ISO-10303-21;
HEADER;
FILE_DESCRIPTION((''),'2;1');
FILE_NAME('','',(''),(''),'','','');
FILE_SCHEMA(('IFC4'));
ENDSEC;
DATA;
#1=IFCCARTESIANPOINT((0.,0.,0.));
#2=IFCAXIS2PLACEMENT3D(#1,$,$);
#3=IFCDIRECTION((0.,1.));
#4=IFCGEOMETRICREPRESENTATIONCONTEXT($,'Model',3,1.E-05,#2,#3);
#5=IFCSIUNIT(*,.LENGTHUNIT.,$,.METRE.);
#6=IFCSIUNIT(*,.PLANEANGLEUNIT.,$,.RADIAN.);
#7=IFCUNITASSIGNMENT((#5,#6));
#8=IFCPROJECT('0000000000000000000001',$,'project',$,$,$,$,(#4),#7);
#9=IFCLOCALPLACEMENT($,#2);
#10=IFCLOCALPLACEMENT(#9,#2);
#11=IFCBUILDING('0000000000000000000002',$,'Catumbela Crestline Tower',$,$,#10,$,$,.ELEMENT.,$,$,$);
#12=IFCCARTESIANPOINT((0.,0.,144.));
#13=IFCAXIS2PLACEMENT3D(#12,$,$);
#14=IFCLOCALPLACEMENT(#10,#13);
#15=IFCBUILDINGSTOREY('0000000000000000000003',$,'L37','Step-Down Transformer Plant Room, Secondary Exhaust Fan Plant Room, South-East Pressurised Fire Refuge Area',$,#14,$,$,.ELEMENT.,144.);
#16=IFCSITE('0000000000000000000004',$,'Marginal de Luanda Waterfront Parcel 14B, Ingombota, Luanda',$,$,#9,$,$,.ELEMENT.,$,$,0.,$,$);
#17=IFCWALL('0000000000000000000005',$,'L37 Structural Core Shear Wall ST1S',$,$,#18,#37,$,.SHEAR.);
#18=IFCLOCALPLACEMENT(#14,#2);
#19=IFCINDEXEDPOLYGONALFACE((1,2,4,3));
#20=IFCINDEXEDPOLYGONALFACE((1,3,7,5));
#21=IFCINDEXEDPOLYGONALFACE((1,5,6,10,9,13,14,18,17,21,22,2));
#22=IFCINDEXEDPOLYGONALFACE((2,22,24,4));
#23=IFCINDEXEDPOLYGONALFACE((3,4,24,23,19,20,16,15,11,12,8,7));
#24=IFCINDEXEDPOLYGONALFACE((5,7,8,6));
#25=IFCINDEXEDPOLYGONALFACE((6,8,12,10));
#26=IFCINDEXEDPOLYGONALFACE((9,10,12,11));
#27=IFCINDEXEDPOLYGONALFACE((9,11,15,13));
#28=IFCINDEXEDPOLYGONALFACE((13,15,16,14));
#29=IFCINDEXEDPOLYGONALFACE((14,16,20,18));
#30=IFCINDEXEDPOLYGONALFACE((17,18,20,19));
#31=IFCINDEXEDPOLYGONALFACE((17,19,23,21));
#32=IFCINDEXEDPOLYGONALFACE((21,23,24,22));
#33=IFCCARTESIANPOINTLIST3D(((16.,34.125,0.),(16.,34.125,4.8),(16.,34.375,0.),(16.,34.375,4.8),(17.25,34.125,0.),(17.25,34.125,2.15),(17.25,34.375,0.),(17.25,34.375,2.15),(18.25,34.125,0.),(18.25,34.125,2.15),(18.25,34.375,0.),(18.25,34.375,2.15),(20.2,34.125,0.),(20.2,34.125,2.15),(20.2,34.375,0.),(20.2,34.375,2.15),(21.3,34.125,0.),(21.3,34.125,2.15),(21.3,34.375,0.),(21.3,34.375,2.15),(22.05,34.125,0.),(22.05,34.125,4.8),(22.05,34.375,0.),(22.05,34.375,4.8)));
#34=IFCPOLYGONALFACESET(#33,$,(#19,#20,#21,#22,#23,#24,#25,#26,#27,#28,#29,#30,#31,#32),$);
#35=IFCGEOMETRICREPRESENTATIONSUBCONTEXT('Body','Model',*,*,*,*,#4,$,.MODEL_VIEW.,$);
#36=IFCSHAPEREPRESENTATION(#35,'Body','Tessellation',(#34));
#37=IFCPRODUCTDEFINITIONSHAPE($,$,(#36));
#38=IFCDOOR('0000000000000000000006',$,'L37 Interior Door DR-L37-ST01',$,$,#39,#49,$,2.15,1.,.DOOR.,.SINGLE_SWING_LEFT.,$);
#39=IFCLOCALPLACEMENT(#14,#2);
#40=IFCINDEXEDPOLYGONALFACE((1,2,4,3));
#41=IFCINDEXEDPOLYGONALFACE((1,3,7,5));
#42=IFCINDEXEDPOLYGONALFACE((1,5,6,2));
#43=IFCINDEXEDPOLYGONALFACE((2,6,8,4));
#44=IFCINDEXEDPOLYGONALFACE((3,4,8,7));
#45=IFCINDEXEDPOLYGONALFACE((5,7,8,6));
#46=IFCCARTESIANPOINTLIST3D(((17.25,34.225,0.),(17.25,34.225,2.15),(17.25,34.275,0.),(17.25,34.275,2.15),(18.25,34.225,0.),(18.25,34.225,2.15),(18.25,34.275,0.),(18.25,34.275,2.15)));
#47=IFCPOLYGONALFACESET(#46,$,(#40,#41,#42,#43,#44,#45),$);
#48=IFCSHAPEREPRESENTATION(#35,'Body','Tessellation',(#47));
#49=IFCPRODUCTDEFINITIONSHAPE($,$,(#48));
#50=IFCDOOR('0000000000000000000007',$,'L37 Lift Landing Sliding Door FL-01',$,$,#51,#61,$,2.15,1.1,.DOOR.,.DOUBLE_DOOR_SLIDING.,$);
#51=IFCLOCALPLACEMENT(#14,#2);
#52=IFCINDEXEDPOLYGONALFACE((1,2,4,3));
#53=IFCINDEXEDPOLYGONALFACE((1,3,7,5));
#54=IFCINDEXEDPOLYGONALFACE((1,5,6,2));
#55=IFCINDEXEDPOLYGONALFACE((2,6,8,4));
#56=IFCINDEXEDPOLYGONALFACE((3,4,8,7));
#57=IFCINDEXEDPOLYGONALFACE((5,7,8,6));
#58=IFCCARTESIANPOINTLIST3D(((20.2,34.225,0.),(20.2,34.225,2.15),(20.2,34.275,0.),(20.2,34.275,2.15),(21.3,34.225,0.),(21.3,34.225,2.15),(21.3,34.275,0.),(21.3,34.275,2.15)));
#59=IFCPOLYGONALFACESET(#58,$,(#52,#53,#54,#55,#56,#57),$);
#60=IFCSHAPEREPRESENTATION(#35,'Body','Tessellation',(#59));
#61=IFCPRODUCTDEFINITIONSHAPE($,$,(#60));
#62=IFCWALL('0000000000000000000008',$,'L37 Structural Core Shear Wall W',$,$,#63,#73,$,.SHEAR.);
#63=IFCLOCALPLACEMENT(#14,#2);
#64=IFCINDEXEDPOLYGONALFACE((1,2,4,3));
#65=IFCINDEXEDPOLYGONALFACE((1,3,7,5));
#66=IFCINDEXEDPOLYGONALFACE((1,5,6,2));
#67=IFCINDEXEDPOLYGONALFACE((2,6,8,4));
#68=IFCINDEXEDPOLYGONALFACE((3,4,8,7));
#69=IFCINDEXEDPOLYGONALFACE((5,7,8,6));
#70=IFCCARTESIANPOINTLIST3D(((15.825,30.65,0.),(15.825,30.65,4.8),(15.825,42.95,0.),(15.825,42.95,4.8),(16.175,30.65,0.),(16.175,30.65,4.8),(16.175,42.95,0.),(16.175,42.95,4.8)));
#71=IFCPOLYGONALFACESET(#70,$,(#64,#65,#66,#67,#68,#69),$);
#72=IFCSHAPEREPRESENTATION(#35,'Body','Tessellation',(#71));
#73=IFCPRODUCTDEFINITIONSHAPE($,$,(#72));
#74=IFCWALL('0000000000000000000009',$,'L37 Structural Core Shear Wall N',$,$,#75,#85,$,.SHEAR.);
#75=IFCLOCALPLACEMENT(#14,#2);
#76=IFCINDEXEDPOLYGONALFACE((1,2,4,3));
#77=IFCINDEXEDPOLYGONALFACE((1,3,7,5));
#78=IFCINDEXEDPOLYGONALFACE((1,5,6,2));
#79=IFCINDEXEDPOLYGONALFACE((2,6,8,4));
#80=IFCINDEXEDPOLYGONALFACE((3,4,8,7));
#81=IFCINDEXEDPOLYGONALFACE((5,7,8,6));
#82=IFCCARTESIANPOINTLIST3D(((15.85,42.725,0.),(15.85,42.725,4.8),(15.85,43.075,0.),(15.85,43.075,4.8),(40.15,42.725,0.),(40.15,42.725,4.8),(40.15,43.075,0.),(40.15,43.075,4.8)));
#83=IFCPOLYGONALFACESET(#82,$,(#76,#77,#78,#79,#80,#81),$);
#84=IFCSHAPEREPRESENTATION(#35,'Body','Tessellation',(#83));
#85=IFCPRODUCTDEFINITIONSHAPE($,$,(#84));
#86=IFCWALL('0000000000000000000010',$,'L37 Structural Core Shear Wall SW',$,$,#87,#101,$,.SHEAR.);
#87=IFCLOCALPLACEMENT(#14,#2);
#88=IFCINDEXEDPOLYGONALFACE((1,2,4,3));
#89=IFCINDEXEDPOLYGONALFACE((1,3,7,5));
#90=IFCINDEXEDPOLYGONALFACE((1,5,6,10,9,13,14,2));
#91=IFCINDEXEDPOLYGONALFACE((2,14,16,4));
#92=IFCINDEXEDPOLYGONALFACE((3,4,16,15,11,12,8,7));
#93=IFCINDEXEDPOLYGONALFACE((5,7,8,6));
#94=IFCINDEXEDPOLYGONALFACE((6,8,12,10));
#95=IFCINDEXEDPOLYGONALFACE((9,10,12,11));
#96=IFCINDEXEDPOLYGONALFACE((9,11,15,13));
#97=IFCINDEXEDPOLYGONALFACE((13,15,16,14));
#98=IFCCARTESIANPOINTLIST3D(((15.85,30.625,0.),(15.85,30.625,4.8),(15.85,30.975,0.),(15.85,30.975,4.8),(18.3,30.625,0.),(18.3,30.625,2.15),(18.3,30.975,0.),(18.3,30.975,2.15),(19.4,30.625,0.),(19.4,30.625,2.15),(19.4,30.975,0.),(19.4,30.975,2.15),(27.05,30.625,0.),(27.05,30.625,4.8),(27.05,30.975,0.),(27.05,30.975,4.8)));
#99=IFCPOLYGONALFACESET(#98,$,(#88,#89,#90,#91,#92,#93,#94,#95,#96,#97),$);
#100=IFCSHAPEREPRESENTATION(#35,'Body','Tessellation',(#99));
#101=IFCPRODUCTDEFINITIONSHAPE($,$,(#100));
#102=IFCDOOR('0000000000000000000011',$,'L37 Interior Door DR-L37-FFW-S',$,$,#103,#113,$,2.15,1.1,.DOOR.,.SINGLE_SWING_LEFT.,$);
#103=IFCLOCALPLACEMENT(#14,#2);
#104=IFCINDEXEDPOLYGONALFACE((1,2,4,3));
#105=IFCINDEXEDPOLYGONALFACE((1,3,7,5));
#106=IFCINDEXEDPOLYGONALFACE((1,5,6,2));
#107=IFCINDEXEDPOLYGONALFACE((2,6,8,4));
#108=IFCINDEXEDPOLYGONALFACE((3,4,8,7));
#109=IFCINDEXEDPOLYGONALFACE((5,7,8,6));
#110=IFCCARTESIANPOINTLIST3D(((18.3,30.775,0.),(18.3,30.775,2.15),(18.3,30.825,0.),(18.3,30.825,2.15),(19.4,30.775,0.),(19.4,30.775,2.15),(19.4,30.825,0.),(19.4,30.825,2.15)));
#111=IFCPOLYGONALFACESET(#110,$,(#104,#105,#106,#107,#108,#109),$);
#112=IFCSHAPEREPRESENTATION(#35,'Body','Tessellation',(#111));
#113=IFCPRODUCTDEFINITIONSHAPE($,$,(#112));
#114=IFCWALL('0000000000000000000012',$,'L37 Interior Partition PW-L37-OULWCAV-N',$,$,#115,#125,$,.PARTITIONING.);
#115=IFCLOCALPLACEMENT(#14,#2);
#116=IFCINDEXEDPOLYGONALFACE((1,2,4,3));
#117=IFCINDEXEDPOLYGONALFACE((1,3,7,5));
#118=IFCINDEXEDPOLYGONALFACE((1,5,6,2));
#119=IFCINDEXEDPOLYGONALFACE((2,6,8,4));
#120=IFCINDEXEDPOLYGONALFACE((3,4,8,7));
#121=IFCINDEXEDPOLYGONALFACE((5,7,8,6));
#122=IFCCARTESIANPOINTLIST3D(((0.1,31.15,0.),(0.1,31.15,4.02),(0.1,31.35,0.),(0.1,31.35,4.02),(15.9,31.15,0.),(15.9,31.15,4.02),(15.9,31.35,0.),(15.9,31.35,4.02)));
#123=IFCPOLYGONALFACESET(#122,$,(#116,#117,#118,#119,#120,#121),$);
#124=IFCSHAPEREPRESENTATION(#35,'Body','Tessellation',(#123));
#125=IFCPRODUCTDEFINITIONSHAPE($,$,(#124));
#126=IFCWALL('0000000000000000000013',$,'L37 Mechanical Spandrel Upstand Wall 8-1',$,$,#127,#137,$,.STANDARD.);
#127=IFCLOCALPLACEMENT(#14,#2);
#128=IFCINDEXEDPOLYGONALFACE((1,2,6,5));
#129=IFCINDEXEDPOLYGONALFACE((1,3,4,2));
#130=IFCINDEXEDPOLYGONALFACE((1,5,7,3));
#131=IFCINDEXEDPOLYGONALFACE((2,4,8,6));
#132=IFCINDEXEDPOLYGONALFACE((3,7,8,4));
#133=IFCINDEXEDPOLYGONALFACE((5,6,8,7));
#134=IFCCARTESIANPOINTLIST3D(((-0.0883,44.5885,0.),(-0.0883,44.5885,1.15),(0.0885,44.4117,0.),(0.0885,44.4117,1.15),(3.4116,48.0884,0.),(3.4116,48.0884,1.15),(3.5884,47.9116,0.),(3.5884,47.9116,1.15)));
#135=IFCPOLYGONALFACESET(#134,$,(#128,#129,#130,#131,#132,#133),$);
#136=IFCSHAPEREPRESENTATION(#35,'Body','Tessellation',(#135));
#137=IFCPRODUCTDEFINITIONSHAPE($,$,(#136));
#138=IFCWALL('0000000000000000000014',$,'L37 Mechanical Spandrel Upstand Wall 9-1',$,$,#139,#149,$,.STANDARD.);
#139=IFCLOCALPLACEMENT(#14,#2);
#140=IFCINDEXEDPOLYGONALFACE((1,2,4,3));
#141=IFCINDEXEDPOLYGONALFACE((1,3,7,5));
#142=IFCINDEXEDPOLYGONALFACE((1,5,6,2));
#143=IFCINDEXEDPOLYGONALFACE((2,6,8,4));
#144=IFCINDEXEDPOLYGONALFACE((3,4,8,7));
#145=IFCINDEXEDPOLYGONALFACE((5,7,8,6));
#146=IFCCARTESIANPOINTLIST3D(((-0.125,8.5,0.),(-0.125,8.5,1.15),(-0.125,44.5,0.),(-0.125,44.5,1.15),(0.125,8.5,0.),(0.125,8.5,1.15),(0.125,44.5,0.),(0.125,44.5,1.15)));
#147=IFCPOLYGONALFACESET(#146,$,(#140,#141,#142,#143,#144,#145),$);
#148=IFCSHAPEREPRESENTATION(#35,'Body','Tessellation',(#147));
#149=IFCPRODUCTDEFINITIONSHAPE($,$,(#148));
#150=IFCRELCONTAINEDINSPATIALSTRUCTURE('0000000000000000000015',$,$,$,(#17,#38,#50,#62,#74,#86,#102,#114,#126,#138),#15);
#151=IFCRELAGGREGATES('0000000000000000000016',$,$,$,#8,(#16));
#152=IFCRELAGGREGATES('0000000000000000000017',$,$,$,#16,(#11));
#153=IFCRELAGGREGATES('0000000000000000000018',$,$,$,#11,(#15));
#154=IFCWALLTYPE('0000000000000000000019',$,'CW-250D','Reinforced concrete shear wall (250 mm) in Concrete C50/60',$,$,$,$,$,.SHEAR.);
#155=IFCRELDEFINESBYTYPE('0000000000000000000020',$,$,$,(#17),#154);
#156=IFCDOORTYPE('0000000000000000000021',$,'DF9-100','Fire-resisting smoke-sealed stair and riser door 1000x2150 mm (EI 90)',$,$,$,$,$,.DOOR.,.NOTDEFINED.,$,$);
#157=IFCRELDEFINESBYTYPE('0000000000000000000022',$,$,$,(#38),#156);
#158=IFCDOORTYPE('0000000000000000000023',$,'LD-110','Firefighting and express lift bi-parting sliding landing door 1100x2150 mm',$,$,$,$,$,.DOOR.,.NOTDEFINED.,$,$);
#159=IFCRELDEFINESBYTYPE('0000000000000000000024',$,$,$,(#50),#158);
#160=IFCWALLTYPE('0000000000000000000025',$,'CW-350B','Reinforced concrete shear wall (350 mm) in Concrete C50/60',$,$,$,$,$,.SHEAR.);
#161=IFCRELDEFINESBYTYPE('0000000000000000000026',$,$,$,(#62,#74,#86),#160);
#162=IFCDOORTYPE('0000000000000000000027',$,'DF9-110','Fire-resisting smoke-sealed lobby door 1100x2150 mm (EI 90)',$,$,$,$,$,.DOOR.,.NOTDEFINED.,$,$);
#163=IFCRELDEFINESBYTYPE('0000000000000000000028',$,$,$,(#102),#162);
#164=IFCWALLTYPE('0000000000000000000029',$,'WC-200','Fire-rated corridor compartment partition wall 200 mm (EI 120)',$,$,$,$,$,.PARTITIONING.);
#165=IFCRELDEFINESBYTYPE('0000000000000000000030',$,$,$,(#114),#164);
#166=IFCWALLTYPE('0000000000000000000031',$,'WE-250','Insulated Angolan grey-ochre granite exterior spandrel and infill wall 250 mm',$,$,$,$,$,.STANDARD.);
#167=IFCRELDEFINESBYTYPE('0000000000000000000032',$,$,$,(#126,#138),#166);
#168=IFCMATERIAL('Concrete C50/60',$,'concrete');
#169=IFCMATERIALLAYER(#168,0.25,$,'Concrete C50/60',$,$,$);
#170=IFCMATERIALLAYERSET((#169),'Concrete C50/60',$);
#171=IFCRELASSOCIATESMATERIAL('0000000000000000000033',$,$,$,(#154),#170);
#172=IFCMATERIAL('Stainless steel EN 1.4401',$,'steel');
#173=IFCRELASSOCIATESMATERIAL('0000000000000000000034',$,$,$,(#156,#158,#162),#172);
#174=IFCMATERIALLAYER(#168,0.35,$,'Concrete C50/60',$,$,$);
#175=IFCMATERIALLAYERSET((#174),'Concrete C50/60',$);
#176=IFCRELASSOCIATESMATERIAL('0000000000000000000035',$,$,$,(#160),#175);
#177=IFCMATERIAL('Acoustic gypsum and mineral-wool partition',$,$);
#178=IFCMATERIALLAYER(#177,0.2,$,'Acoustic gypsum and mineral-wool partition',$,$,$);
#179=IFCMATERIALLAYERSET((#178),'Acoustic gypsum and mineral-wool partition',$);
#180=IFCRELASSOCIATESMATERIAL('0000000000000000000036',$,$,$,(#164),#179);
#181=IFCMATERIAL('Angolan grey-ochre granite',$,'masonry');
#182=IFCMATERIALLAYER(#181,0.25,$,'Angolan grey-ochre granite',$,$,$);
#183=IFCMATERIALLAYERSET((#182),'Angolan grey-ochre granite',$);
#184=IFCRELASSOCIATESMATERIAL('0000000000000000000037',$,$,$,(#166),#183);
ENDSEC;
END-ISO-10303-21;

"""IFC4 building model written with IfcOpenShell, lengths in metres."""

from ifc_helpers import new_model, si_unit, direction, frame, frame_2d, origin, place, context, subcontext, project, spatial, rectangle, extrude, material, layer, layer_set, type_object, element, fill, save


model = new_model("IFC4")

# Units and contexts
model_context = context("Model", 3, precision=1e-05, world=origin(), true_north=direction((0.0, 1.0)))
body_context = subcontext(model_context, "Body", "Model", "MODEL_VIEW")
ifc_project = project(units=[si_unit("LENGTHUNIT", "METRE"), si_unit("PLANEANGLEUNIT", "RADIAN")], contexts=[model_context])

# Site, building, storey
site_placement = place(None, origin())
site = spatial("IfcSite", under=ifc_project, at=site_placement, Name="Marginal de Luanda Waterfront Parcel 14B, Ingombota, Luanda", CompositionType="ELEMENT", RefElevation=0.0)
building_placement = place(site_placement, origin())
building = spatial("IfcBuilding", under=site, at=building_placement, Name="Catumbela Crestline Tower", CompositionType="ELEMENT")
storey_placement = place(building_placement, frame((0.0, 0.0, 144.0)))
storey = spatial("IfcBuildingStorey", under=building, at=storey_placement, Name="L37", Description="Step-Down Transformer Plant Room, Secondary Exhaust Fan Plant Room, South-East Pressurised Fire Refuge Area", CompositionType="ELEMENT", Elevation=144.0)

# Wall, openings, doors
ifc_material_1 = material(Name="Concrete C50/60", Category="concrete")
ifc_layer_1 = layer(ifc_material_1, 0.25, Name="Concrete C50/60")
ifc_layer_set_1 = layer_set([ifc_layer_1], Name="Concrete C50/60")
wall_type_1 = type_object("IfcWallType", Name="CW-250D", Description="Reinforced concrete shear wall (250 mm) in Concrete C50/60", PredefinedType="SHEAR", material=ifc_layer_set_1)
wall_1_placement = place(storey_placement, frame((16.0, 34.25, 0.0), z_axis=(0.0, 0.0, 1.0), x_axis=(1.0, 0.0, 0.0)))
wall_1 = element("IfcWall", 1, at=wall_1_placement, inside=storey, type_object=wall_type_1, Name="L37 Structural Core Shear Wall ST1S", PredefinedType="SHEAR", context=body_context, shape_type="SweptSolid", body=[
    extrude(rectangle(XDim=6.05, YDim=0.25, at=frame_2d((3.025, 0.0))), origin(), (0.0, 0.0, 1.0), 4.8),
])
opening_1_placement = place(wall_1_placement, frame((1.25, 0.0, 0.0)))
opening_1 = element("IfcOpeningElement", 2, at=opening_1_placement, cuts=wall_1, PredefinedType="OPENING", context=body_context, shape_type="SweptSolid", body=[
    extrude(rectangle(XDim=1.0, YDim=2.15, at=frame_2d((0.5, 1.075))), frame((0.0, 0.135, 0.0), z_axis=(0.0, -1.0, 0.0), x_axis=(1.0, 0.0, 0.0)), (0.0, 0.0, 1.0), 0.27),
])
opening_2_placement = place(wall_1_placement, frame((4.2, 0.0, 0.0)))
opening_2 = element("IfcOpeningElement", 3, at=opening_2_placement, cuts=wall_1, PredefinedType="OPENING", context=body_context, shape_type="SweptSolid", body=[
    extrude(rectangle(XDim=1.1, YDim=2.15, at=frame_2d((0.55, 1.075))), frame((0.0, 0.135, 0.0), z_axis=(0.0, -1.0, 0.0), x_axis=(1.0, 0.0, 0.0)), (0.0, 0.0, 1.0), 0.27),
])
ifc_material_2 = material(Name="Stainless steel EN 1.4401", Category="steel")
door_type_1 = type_object("IfcDoorType", Name="DF9-100", Description="Fire-resisting smoke-sealed stair and riser door 1000x2150 mm (EI 90)", OperationType="NOTDEFINED", PredefinedType="DOOR", material=ifc_material_2)
door_1_placement = place(opening_1_placement, origin())
door_1 = element("IfcDoor", 4, at=door_1_placement, inside=storey, type_object=door_type_1, Name="L37 Interior Door DR-L37-ST01", OperationType="SINGLE_SWING_LEFT", OverallHeight=2.15, OverallWidth=1.0, PredefinedType="DOOR", context=body_context, shape_type="SweptSolid", body=[
    extrude(rectangle(XDim=1.0, YDim=2.15, at=frame_2d((0.5, 1.075))), frame((0.0, 0.025, 0.0), z_axis=(0.0, -1.0, 0.0), x_axis=(1.0, 0.0, 0.0)), (0.0, 0.0, 1.0), 0.05),
])
fill(opening_1, door_1)
door_type_2 = type_object("IfcDoorType", Name="LD-110", Description="Firefighting and express lift bi-parting sliding landing door 1100x2150 mm", OperationType="NOTDEFINED", PredefinedType="DOOR", material=ifc_material_2)
door_2_placement = place(opening_2_placement, origin())
door_2 = element("IfcDoor", 5, at=door_2_placement, inside=storey, type_object=door_type_2, Name="L37 Lift Landing Sliding Door FL-01", OperationType="DOUBLE_DOOR_SLIDING", OverallHeight=2.15, OverallWidth=1.1, PredefinedType="DOOR", context=body_context, shape_type="SweptSolid", body=[
    extrude(rectangle(XDim=1.1, YDim=2.15, at=frame_2d((0.55, 1.075))), frame((0.0, 0.025, 0.0), z_axis=(0.0, -1.0, 0.0), x_axis=(1.0, 0.0, 0.0)), (0.0, 0.0, 1.0), 0.05),
])
fill(opening_2, door_2)

# Walls
ifc_layer_2 = layer(ifc_material_1, 0.35, Name="Concrete C50/60")
ifc_layer_set_2 = layer_set([ifc_layer_2], Name="Concrete C50/60")
wall_type_2 = type_object("IfcWallType", Name="CW-350B", Description="Reinforced concrete shear wall (350 mm) in Concrete C50/60", PredefinedType="SHEAR", material=ifc_layer_set_2)
wall_2_placement = place(storey_placement, frame((16.0, 30.65, 0.0), z_axis=(0.0, 0.0, 1.0), x_axis=(0.0, 1.0, 0.0)))
element("IfcWall", 6, at=wall_2_placement, inside=storey, type_object=wall_type_2, Name="L37 Structural Core Shear Wall W", PredefinedType="SHEAR", context=body_context, shape_type="SweptSolid", body=[
    extrude(rectangle(XDim=12.3, YDim=0.35, at=frame_2d((6.15, 0.0))), origin(), (0.0, 0.0, 1.0), 4.8),
])
wall_3_placement = place(storey_placement, frame((15.85, 42.9, 0.0), z_axis=(0.0, 0.0, 1.0), x_axis=(1.0, 0.0, 0.0)))
element("IfcWall", 7, at=wall_3_placement, inside=storey, type_object=wall_type_2, Name="L37 Structural Core Shear Wall N", PredefinedType="SHEAR", context=body_context, shape_type="SweptSolid", body=[
    extrude(rectangle(XDim=24.3, YDim=0.35, at=frame_2d((12.15, 0.0))), origin(), (0.0, 0.0, 1.0), 4.8),
])

# Wall, opening, door
wall_4_placement = place(storey_placement, frame((15.85, 30.8, 0.0), z_axis=(0.0, 0.0, 1.0), x_axis=(1.0, 0.0, 0.0)))
wall_4 = element("IfcWall", 8, at=wall_4_placement, inside=storey, type_object=wall_type_2, Name="L37 Structural Core Shear Wall SW", PredefinedType="SHEAR", context=body_context, shape_type="SweptSolid", body=[
    extrude(rectangle(XDim=11.2, YDim=0.35, at=frame_2d((5.6, 0.0))), origin(), (0.0, 0.0, 1.0), 4.8),
])
opening_3_placement = place(wall_4_placement, frame((2.45, 0.0, 0.0)))
opening_3 = element("IfcOpeningElement", 9, at=opening_3_placement, cuts=wall_4, PredefinedType="OPENING", context=body_context, shape_type="SweptSolid", body=[
    extrude(rectangle(XDim=1.1, YDim=2.15, at=frame_2d((0.55, 1.075))), frame((0.0, 0.185, 0.0), z_axis=(0.0, -1.0, 0.0), x_axis=(1.0, 0.0, 0.0)), (0.0, 0.0, 1.0), 0.37),
])
door_type_3 = type_object("IfcDoorType", Name="DF9-110", Description="Fire-resisting smoke-sealed lobby door 1100x2150 mm (EI 90)", OperationType="NOTDEFINED", PredefinedType="DOOR", material=ifc_material_2)
door_3_placement = place(opening_3_placement, origin())
door_3 = element("IfcDoor", 10, at=door_3_placement, inside=storey, type_object=door_type_3, Name="L37 Interior Door DR-L37-FFW-S", OperationType="SINGLE_SWING_LEFT", OverallHeight=2.15, OverallWidth=1.1, PredefinedType="DOOR", context=body_context, shape_type="SweptSolid", body=[
    extrude(rectangle(XDim=1.1, YDim=2.15, at=frame_2d((0.55, 1.075))), frame((0.0, 0.025, 0.0), z_axis=(0.0, -1.0, 0.0), x_axis=(1.0, 0.0, 0.0)), (0.0, 0.0, 1.0), 0.05),
])
fill(opening_3, door_3)

# Walls
ifc_material_3 = material(Name="Acoustic gypsum and mineral-wool partition")
ifc_layer_3 = layer(ifc_material_3, 0.2, Name="Acoustic gypsum and mineral-wool partition")
ifc_layer_set_3 = layer_set([ifc_layer_3], Name="Acoustic gypsum and mineral-wool partition")
wall_type_3 = type_object("IfcWallType", Name="WC-200", Description="Fire-rated corridor compartment partition wall 200 mm (EI 120)", PredefinedType="PARTITIONING", material=ifc_layer_set_3)
wall_5_placement = place(storey_placement, frame((0.1, 31.25, 0.0), z_axis=(0.0, 0.0, 1.0), x_axis=(1.0, 0.0, 0.0)))
element("IfcWall", 11, at=wall_5_placement, inside=storey, type_object=wall_type_3, Name="L37 Interior Partition PW-L37-OULWCAV-N", PredefinedType="PARTITIONING", context=body_context, shape_type="SweptSolid", body=[
    extrude(rectangle(XDim=15.8, YDim=0.2, at=frame_2d((7.9, 0.0))), origin(), (0.0, 0.0, 1.0), 4.02),
])
ifc_material_4 = material(Name="Angolan grey-ochre granite", Category="masonry")
ifc_layer_4 = layer(ifc_material_4, 0.25, Name="Angolan grey-ochre granite")
ifc_layer_set_4 = layer_set([ifc_layer_4], Name="Angolan grey-ochre granite")
wall_type_4 = type_object("IfcWallType", Name="WE-250", Description="Insulated Angolan grey-ochre granite exterior spandrel and infill wall 250 mm", PredefinedType="STANDARD", material=ifc_layer_set_4)
wall_6_placement = place(storey_placement, frame((3.5, 48.0, 0.0), z_axis=(0.0, 0.0, 1.0), x_axis=(-0.707107, -0.707107, 0.0)))
element("IfcWall", 12, at=wall_6_placement, inside=storey, type_object=wall_type_4, Name="L37 Mechanical Spandrel Upstand Wall 8-1", PredefinedType="STANDARD", context=body_context, shape_type="SweptSolid", body=[
    extrude(rectangle(XDim=4.9497, YDim=0.25, at=frame_2d((2.4748, 0.0))), origin(), (0.0, 0.0, 1.0), 1.15),
])
wall_7_placement = place(storey_placement, frame((0.0, 44.5, 0.0), z_axis=(0.0, 0.0, 1.0), x_axis=(0.0, -1.0, 0.0)))
element("IfcWall", 13, at=wall_7_placement, inside=storey, type_object=wall_type_4, Name="L37 Mechanical Spandrel Upstand Wall 9-1", PredefinedType="STANDARD", context=body_context, shape_type="SweptSolid", body=[
    extrude(rectangle(XDim=36.0, YDim=0.25, at=frame_2d((18.0, 0.0))), origin(), (0.0, 0.0, 1.0), 1.15),
])

save(model, "model.ifc")
